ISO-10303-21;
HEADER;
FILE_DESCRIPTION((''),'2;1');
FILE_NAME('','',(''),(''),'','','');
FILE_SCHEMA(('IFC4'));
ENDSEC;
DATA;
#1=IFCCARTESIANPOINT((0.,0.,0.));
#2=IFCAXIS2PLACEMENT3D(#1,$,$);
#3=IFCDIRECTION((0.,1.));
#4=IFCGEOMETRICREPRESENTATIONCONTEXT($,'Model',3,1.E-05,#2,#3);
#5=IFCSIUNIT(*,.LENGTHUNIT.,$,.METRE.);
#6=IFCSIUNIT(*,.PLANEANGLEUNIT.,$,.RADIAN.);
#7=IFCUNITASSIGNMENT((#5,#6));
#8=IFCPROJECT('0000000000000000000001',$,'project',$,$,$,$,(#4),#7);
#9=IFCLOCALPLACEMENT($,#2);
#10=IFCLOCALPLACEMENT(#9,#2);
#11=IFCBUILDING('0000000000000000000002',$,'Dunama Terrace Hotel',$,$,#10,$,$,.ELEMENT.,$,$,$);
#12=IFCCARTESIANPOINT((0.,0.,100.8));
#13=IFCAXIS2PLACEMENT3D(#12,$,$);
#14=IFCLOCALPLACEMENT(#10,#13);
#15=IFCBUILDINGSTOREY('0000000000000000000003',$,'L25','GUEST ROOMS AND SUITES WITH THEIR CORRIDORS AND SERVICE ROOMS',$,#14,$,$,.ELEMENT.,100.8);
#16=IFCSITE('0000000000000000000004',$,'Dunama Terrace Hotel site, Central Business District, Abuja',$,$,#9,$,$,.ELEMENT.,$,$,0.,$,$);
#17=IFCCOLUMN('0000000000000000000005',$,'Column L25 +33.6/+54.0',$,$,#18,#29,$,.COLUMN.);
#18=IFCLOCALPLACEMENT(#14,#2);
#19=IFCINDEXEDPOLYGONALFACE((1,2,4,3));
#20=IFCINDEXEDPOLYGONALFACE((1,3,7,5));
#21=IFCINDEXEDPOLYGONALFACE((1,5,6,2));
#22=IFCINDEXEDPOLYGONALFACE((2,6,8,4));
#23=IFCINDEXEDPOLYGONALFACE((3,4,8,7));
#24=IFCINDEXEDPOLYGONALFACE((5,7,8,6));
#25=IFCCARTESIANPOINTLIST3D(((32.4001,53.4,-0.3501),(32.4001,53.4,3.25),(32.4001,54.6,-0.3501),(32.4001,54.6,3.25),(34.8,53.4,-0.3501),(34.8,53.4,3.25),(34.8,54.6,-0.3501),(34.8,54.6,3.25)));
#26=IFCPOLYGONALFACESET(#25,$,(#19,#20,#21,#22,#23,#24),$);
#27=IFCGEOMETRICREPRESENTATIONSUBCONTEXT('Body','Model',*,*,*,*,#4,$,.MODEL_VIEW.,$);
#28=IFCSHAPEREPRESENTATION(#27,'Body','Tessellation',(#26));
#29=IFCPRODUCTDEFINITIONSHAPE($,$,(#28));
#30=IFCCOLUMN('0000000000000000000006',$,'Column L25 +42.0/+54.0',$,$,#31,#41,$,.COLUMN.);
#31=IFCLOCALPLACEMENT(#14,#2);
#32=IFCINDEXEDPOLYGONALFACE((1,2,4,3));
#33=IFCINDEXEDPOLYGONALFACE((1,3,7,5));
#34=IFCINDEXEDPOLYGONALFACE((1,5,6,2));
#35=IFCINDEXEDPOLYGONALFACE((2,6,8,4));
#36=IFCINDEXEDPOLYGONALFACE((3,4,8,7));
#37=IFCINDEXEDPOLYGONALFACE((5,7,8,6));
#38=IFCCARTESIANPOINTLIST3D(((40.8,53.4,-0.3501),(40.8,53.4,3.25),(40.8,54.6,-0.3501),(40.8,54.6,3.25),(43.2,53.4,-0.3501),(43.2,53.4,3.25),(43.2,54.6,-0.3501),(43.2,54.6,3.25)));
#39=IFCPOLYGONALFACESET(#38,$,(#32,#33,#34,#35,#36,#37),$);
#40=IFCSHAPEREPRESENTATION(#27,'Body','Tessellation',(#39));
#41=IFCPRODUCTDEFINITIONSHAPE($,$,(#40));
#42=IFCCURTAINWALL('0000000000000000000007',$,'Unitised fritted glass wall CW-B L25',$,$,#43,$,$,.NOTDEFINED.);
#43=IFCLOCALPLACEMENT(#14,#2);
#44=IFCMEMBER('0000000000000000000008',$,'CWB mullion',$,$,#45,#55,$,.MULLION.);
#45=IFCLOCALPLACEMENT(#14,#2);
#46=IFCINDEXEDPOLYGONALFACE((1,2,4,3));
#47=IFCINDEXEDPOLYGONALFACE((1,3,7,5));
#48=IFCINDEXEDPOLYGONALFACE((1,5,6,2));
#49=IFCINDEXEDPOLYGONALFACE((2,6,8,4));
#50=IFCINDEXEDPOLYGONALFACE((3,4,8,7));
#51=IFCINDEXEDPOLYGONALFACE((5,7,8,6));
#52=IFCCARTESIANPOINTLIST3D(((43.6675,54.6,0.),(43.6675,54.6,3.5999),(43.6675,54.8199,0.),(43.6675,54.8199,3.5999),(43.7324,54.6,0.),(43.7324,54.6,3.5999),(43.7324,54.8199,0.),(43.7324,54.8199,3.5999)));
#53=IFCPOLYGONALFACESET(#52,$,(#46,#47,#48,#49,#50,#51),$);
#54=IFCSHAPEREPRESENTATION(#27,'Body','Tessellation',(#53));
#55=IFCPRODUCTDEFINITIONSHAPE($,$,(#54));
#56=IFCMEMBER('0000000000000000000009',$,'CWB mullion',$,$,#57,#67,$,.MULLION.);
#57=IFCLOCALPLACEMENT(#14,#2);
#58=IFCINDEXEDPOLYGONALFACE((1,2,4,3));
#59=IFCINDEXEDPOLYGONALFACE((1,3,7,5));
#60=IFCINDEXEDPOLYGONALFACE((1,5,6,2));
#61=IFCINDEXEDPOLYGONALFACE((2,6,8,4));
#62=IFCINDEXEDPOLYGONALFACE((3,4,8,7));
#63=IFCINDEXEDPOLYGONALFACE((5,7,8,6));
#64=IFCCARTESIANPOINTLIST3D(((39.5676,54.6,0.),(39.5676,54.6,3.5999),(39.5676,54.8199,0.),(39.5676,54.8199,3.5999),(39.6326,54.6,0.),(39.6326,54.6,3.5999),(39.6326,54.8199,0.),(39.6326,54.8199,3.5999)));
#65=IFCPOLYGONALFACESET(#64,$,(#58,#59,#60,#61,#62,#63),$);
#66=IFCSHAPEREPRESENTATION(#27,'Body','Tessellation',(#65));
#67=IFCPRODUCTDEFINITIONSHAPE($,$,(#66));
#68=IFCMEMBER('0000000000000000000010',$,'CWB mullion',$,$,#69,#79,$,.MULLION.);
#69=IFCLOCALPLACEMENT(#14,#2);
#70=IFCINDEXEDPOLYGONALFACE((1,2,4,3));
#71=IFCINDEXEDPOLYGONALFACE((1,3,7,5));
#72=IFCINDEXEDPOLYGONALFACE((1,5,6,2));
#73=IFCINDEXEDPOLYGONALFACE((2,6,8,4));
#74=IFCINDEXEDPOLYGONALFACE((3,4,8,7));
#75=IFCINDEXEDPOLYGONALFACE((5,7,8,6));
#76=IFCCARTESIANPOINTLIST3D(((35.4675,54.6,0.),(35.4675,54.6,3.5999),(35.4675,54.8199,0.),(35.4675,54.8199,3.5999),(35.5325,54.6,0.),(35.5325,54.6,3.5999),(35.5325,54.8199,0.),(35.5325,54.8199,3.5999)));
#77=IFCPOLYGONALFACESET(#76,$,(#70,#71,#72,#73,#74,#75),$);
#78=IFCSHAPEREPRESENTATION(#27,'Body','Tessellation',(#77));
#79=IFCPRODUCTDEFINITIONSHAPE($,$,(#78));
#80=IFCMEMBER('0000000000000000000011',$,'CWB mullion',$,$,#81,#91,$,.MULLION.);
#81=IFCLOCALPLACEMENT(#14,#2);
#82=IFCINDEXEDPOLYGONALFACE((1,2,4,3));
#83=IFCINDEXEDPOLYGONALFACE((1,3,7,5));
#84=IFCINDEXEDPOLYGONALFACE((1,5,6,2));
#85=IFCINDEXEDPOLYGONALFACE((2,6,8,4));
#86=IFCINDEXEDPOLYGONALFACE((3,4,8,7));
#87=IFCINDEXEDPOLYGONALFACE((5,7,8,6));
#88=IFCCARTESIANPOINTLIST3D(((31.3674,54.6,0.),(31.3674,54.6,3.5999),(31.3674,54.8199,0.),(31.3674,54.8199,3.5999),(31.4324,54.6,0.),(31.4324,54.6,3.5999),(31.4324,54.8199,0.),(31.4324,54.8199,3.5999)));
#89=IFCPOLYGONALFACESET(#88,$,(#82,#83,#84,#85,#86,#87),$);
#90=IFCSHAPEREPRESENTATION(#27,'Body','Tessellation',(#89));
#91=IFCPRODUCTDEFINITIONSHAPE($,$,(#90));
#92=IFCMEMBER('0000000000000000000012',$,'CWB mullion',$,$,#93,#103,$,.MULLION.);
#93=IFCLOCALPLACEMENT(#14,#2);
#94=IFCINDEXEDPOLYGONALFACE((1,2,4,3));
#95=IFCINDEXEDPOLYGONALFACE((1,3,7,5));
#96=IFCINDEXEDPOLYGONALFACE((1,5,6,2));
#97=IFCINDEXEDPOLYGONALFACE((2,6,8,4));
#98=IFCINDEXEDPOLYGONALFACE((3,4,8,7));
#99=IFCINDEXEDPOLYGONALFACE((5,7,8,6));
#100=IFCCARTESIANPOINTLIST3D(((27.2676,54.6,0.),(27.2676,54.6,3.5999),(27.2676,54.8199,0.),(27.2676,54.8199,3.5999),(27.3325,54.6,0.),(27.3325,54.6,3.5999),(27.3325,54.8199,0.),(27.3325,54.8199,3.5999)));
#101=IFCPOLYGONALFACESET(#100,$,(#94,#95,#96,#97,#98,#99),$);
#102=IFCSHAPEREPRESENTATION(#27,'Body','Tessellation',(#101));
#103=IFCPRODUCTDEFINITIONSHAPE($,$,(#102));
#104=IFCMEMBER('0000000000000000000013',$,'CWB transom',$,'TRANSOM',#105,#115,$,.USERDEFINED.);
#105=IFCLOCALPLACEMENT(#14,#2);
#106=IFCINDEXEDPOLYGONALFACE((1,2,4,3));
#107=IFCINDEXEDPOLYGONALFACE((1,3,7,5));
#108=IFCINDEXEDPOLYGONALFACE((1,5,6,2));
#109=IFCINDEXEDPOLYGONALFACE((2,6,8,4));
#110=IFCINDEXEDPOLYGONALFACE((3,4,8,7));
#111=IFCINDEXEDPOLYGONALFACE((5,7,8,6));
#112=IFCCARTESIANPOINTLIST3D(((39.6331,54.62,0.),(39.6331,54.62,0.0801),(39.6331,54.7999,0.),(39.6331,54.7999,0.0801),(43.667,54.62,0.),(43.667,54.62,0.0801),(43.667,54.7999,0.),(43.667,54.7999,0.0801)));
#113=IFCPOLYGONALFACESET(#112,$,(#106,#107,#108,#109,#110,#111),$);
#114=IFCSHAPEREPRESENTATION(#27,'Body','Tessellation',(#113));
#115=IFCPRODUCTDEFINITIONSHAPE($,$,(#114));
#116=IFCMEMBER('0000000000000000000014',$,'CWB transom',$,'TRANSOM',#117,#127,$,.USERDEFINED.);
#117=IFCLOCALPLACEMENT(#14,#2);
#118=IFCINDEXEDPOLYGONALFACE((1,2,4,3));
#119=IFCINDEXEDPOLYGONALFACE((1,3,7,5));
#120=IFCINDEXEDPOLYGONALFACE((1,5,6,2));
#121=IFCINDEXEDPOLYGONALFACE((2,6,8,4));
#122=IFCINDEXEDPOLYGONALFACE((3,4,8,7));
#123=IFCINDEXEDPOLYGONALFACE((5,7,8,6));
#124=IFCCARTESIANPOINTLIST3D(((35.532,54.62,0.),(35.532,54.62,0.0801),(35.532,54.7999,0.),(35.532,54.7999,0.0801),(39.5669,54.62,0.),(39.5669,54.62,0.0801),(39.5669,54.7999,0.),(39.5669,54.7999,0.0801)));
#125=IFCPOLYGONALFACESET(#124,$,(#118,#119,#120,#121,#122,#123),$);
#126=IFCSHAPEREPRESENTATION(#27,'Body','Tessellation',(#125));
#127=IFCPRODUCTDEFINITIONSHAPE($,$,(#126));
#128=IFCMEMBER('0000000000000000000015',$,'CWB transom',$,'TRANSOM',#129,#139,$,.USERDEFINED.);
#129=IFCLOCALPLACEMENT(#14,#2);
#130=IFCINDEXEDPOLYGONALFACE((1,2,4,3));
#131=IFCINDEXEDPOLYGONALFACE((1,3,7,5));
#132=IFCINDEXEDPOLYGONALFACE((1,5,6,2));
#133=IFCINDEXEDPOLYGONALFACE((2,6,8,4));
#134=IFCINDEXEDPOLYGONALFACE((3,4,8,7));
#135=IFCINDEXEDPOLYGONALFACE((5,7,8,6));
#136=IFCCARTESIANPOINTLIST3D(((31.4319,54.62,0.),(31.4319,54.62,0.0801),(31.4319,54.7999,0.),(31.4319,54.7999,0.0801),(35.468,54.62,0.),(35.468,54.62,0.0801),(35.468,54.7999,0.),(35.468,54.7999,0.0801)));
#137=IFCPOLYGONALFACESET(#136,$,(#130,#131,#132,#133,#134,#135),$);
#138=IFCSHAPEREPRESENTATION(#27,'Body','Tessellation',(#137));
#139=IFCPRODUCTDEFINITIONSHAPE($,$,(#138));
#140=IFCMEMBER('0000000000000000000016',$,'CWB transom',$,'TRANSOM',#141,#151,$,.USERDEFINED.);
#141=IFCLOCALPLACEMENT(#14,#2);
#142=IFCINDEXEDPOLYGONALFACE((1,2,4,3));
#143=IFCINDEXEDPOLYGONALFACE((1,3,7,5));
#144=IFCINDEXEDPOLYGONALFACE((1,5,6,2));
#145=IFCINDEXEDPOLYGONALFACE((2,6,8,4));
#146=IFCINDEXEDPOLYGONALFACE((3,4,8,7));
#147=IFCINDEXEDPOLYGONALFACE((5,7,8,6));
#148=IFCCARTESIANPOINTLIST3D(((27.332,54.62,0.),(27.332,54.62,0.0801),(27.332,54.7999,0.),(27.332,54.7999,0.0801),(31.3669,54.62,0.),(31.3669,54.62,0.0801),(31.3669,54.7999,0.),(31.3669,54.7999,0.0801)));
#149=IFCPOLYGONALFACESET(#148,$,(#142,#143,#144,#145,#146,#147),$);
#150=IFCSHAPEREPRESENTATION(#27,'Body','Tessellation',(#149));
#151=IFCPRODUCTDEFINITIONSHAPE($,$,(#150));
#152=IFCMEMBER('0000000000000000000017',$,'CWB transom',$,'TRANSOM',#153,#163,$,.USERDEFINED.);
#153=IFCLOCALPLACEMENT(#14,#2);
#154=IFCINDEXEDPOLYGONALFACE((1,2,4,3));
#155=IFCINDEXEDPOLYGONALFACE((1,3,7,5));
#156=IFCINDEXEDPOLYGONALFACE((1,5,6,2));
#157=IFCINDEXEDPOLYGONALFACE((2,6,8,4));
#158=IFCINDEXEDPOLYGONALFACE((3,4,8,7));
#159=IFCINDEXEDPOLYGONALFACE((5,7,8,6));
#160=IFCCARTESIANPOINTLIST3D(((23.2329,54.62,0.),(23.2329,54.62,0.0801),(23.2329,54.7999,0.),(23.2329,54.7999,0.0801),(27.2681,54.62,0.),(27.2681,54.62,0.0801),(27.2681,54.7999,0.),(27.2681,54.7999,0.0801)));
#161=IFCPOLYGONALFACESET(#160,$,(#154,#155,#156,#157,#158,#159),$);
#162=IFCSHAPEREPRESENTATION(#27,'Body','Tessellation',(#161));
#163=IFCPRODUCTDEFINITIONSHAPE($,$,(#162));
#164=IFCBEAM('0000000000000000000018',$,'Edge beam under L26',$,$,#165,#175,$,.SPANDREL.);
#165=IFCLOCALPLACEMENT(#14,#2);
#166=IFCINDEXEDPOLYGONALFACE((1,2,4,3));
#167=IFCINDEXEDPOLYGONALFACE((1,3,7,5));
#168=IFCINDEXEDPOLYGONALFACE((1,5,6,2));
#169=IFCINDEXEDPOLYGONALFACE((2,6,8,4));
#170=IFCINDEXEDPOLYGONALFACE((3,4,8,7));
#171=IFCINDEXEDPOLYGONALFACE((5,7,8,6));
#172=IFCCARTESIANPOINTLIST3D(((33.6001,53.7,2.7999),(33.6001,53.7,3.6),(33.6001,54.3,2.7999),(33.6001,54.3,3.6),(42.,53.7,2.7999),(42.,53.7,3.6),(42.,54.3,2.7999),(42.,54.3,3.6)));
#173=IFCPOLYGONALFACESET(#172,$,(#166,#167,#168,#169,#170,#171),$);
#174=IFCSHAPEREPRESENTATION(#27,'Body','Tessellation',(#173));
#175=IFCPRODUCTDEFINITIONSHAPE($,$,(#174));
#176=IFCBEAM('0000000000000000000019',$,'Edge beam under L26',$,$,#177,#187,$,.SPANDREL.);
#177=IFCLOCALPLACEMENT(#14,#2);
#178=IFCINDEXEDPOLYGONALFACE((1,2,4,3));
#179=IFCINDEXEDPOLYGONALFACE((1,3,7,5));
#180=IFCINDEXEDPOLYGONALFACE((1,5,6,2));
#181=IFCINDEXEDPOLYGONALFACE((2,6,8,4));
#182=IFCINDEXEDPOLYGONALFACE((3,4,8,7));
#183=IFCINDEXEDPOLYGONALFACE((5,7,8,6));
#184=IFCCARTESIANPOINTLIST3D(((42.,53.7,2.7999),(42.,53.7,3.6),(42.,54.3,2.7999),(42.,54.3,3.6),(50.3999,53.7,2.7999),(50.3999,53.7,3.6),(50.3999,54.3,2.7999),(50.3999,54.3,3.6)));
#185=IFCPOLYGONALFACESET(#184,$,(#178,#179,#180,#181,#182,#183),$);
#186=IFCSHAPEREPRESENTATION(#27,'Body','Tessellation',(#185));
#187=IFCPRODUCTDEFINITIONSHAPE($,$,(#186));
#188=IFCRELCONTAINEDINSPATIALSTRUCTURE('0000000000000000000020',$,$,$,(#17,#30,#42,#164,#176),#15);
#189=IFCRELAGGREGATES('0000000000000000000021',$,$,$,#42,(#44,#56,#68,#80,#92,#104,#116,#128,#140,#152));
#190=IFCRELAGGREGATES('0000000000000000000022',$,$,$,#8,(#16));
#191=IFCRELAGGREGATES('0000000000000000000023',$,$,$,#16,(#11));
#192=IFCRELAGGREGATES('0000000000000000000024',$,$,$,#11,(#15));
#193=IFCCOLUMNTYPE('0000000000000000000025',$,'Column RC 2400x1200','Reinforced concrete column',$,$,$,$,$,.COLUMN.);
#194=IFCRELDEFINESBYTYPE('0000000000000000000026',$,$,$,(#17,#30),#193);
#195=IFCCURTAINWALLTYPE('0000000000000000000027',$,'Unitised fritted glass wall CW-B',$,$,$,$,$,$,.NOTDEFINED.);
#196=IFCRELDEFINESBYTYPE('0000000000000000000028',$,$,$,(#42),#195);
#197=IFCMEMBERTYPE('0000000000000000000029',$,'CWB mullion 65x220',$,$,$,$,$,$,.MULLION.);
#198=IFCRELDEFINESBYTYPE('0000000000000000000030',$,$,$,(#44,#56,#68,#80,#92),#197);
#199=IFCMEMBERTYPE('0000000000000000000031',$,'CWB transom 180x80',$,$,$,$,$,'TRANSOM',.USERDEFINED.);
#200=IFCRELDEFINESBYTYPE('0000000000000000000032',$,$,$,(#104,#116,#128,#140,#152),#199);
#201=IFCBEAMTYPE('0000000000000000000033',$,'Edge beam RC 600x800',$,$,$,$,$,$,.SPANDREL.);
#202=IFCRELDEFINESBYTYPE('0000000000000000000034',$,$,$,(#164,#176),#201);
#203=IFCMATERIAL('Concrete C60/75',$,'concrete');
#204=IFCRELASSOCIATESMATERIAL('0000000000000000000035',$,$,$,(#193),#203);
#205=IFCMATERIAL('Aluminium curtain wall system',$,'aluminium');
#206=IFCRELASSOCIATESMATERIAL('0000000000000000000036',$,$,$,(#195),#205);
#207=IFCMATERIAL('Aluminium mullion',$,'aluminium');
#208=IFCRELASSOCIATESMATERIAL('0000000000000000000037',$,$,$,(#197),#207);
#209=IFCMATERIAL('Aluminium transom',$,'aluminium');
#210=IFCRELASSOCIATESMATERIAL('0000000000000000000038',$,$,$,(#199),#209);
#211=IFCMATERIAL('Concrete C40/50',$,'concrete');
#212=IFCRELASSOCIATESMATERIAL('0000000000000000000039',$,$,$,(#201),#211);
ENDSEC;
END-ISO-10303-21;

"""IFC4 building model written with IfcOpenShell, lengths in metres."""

from ifc_helpers import new_model, si_unit, direction, frame, origin, origin_2d, place, context, subcontext, project, spatial, rectangle, extrude, material, material_profile, profile_set, type_object, element, aggregate, save


model = new_model("IFC4")

# Units and contexts
model_context = context("Model", 3, precision=1e-05, world=origin(), true_north=direction((0.0, 1.0)))
body_context = subcontext(model_context, "Body", "Model", "MODEL_VIEW")
ifc_project = project(units=[si_unit("LENGTHUNIT", "METRE"), si_unit("PLANEANGLEUNIT", "RADIAN")], contexts=[model_context])

# Site, building, storey
site_placement = place(None, origin())
site = spatial("IfcSite", under=ifc_project, at=site_placement, Name="Dunama Terrace Hotel site, Central Business District, Abuja", CompositionType="ELEMENT", RefElevation=0.0)
building_placement = place(site_placement, origin())
building = spatial("IfcBuilding", under=site, at=building_placement, Name="Dunama Terrace Hotel", CompositionType="ELEMENT")
storey_placement = place(building_placement, frame((0.0, 0.0, 100.8)))
storey = spatial("IfcBuildingStorey", under=building, at=storey_placement, Name="L25", Description="GUEST ROOMS AND SUITES WITH THEIR CORRIDORS AND SERVICE ROOMS", CompositionType="ELEMENT", Elevation=100.8)

# Columns
ifc_material_1 = material(Name="Concrete C60/75", Category="concrete")
ifc_material_profile_1 = material_profile(ifc_material_1, rectangle(XDim=2.3999, YDim=1.2, at=origin_2d()), Name="RC 2400x1200")
ifc_profile_set_1 = profile_set([ifc_material_profile_1], Name="Concrete C60/75")
column_type = type_object("IfcColumnType", Name="Column RC 2400x1200", Description="Reinforced concrete column", PredefinedType="COLUMN", material=ifc_profile_set_1)
for number, where, z_axis, x_axis, name in (
    (1, (33.6001, 54.0, -0.3501), (0.0, 0.0, 1.0), (1.0, 0.0, 0.0), "Column L25 +33.6/+54.0"),
    (2, (42.0, 54.0, -0.3501), (0.0, 0.0, 1.0), (1.0, 0.0, 0.0), "Column L25 +42.0/+54.0"),
):
    element("IfcColumn", number, at=place(storey_placement, frame(where, z_axis=z_axis, x_axis=x_axis)), inside=storey, type_object=column_type, Name=name, PredefinedType="COLUMN", context=body_context, shape_type="SweptSolid", body=[
        extrude(rectangle(XDim=2.3999, YDim=1.2, at=origin_2d()), origin(), (0.0, 0.0, 1.0), 3.6001),
    ])

# Curtain wall, members
ifc_material_2 = material(Name="Aluminium curtain wall system", Category="aluminium")
curtain_wall_type = type_object("IfcCurtainWallType", Name="Unitised fritted glass wall CW-B", PredefinedType="NOTDEFINED", material=ifc_material_2)
curtain_wall_placement = place(storey_placement, origin())
curtain_wall = element("IfcCurtainWall", 3, at=curtain_wall_placement, inside=storey, type_object=curtain_wall_type, Name="Unitised fritted glass wall CW-B L25", PredefinedType="NOTDEFINED")
ifc_material_3 = material(Name="Aluminium mullion", Category="aluminium")
ifc_material_profile_2 = material_profile(ifc_material_3, rectangle(XDim=0.0649, YDim=0.22, at=origin_2d()), Name="CWB MULLION 65X220")
ifc_profile_set_2 = profile_set([ifc_material_profile_2], Name="Aluminium mullion")
member_type_1 = type_object("IfcMemberType", Name="CWB mullion 65x220", PredefinedType="MULLION", material=ifc_profile_set_2)
member_1_placement = place(storey_placement, frame((43.7, 54.71, 0.0), z_axis=(0.0, 0.0, 1.0), x_axis=(-1.0, 0.0, 0.0)))
member_1 = element("IfcMember", 4, at=member_1_placement, type_object=member_type_1, Name="CWB mullion", PredefinedType="MULLION", context=body_context, shape_type="SweptSolid", body=[
    extrude(rectangle(XDim=0.0649, YDim=0.22, at=origin_2d()), origin(), (0.0, 0.0, 1.0), 3.5999),
])
member_2_placement = place(storey_placement, frame((39.6001, 54.71, 0.0), z_axis=(0.0, 0.0, 1.0), x_axis=(-1.0, 0.0, 0.0)))
member_2 = element("IfcMember", 5, at=member_2_placement, type_object=member_type_1, Name="CWB mullion", PredefinedType="MULLION", context=body_context, shape_type="SweptSolid", body=[
    extrude(rectangle(XDim=0.0649, YDim=0.22, at=origin_2d()), origin(), (0.0, 0.0, 1.0), 3.5999),
])
member_3_placement = place(storey_placement, frame((35.5, 54.71, 0.0), z_axis=(0.0, 0.0, 1.0), x_axis=(-1.0, 0.0, 0.0)))
member_3 = element("IfcMember", 6, at=member_3_placement, type_object=member_type_1, Name="CWB mullion", PredefinedType="MULLION", context=body_context, shape_type="SweptSolid", body=[
    extrude(rectangle(XDim=0.0649, YDim=0.22, at=origin_2d()), origin(), (0.0, 0.0, 1.0), 3.5999),
])
member_4_placement = place(storey_placement, frame((31.3999, 54.71, 0.0), z_axis=(0.0, 0.0, 1.0), x_axis=(-1.0, 0.0, 0.0)))
member_4 = element("IfcMember", 7, at=member_4_placement, type_object=member_type_1, Name="CWB mullion", PredefinedType="MULLION", context=body_context, shape_type="SweptSolid", body=[
    extrude(rectangle(XDim=0.0649, YDim=0.22, at=origin_2d()), origin(), (0.0, 0.0, 1.0), 3.5999),
])
member_5_placement = place(storey_placement, frame((27.3, 54.71, 0.0), z_axis=(0.0, 0.0, 1.0), x_axis=(-1.0, 0.0, 0.0)))
member_5 = element("IfcMember", 8, at=member_5_placement, type_object=member_type_1, Name="CWB mullion", PredefinedType="MULLION", context=body_context, shape_type="SweptSolid", body=[
    extrude(rectangle(XDim=0.0649, YDim=0.22, at=origin_2d()), origin(), (0.0, 0.0, 1.0), 3.5999),
])
ifc_material_4 = material(Name="Aluminium transom", Category="aluminium")
ifc_material_profile_3 = material_profile(ifc_material_4, rectangle(XDim=0.1799, YDim=0.0801, at=origin_2d()), Name="CWB TRANSOM 180X80")
ifc_profile_set_3 = profile_set([ifc_material_profile_3], Name="Aluminium transom")
member_type_2 = type_object("IfcMemberType", Name="CWB transom 180x80", ElementType="TRANSOM", PredefinedType="USERDEFINED", material=ifc_profile_set_3)
member_6_placement = place(storey_placement, frame((43.667, 54.71, 0.04), z_axis=(-1.0, 0.0, 0.0), x_axis=(0.0, -1.0, 0.0)))
member_6 = element("IfcMember", 9, at=member_6_placement, type_object=member_type_2, Name="CWB transom", ObjectType="TRANSOM", PredefinedType="USERDEFINED", context=body_context, shape_type="SweptSolid", body=[
    extrude(rectangle(XDim=0.1799, YDim=0.0801, at=origin_2d()), origin(), (0.0, 0.0, 1.0), 4.0339),
])
member_7_placement = place(storey_placement, frame((39.5669, 54.71, 0.04), z_axis=(-1.0, 0.0, 0.0), x_axis=(0.0, -1.0, 0.0)))
member_7 = element("IfcMember", 10, at=member_7_placement, type_object=member_type_2, Name="CWB transom", ObjectType="TRANSOM", PredefinedType="USERDEFINED", context=body_context, shape_type="SweptSolid", body=[
    extrude(rectangle(XDim=0.1799, YDim=0.0801, at=origin_2d()), origin(), (0.0, 0.0, 1.0), 4.0349),
])
member_8_placement = place(storey_placement, frame((35.468, 54.71, 0.04), z_axis=(-1.0, 0.0, 0.0), x_axis=(0.0, -1.0, 0.0)))
member_8 = element("IfcMember", 11, at=member_8_placement, type_object=member_type_2, Name="CWB transom", ObjectType="TRANSOM", PredefinedType="USERDEFINED", context=body_context, shape_type="SweptSolid", body=[
    extrude(rectangle(XDim=0.1799, YDim=0.0801, at=origin_2d()), origin(), (0.0, 0.0, 1.0), 4.0361),
])
member_9_placement = place(storey_placement, frame((31.3669, 54.71, 0.04), z_axis=(-1.0, 0.0, 0.0), x_axis=(0.0, -1.0, 0.0)))
member_9 = element("IfcMember", 12, at=member_9_placement, type_object=member_type_2, Name="CWB transom", ObjectType="TRANSOM", PredefinedType="USERDEFINED", context=body_context, shape_type="SweptSolid", body=[
    extrude(rectangle(XDim=0.1799, YDim=0.0801, at=origin_2d()), origin(), (0.0, 0.0, 1.0), 4.0349),
])
member_10_placement = place(storey_placement, frame((27.2681, 54.71, 0.04), z_axis=(-1.0, 0.0, 0.0), x_axis=(0.0, -1.0, 0.0)))
member_10 = element("IfcMember", 13, at=member_10_placement, type_object=member_type_2, Name="CWB transom", ObjectType="TRANSOM", PredefinedType="USERDEFINED", context=body_context, shape_type="SweptSolid", body=[
    extrude(rectangle(XDim=0.1799, YDim=0.0801, at=origin_2d()), origin(), (0.0, 0.0, 1.0), 4.0352),
])

# Beams
ifc_material_5 = material(Name="Concrete C40/50", Category="concrete")
ifc_material_profile_4 = material_profile(ifc_material_5, rectangle(XDim=0.6001, YDim=0.8, at=origin_2d()), Name="RC 600x800")
ifc_profile_set_4 = profile_set([ifc_material_profile_4], Name="Concrete C40/50")
beam_type = type_object("IfcBeamType", Name="Edge beam RC 600x800", PredefinedType="SPANDREL", material=ifc_profile_set_4)
for number, where, z_axis, x_axis, name in (
    (14, (33.6001, 54.0, 3.2), (1.0, 0.0, 0.0), (0.0, 1.0, 0.0), "Edge beam under L26"),
    (15, (42.0, 54.0, 3.2), (1.0, 0.0, 0.0), (0.0, 1.0, 0.0), "Edge beam under L26"),
):
    element("IfcBeam", number, at=place(storey_placement, frame(where, z_axis=z_axis, x_axis=x_axis)), inside=storey, type_object=beam_type, Name=name, PredefinedType="SPANDREL", context=body_context, shape_type="SweptSolid", body=[
        extrude(rectangle(XDim=0.6001, YDim=0.8, at=origin_2d()), origin(), (0.0, 0.0, 1.0), 8.3999),
    ])

aggregate(curtain_wall, [member_1, member_2, member_3, member_4, member_5, member_6, member_7, member_8, member_9, member_10])

save(model, "model.ifc")
